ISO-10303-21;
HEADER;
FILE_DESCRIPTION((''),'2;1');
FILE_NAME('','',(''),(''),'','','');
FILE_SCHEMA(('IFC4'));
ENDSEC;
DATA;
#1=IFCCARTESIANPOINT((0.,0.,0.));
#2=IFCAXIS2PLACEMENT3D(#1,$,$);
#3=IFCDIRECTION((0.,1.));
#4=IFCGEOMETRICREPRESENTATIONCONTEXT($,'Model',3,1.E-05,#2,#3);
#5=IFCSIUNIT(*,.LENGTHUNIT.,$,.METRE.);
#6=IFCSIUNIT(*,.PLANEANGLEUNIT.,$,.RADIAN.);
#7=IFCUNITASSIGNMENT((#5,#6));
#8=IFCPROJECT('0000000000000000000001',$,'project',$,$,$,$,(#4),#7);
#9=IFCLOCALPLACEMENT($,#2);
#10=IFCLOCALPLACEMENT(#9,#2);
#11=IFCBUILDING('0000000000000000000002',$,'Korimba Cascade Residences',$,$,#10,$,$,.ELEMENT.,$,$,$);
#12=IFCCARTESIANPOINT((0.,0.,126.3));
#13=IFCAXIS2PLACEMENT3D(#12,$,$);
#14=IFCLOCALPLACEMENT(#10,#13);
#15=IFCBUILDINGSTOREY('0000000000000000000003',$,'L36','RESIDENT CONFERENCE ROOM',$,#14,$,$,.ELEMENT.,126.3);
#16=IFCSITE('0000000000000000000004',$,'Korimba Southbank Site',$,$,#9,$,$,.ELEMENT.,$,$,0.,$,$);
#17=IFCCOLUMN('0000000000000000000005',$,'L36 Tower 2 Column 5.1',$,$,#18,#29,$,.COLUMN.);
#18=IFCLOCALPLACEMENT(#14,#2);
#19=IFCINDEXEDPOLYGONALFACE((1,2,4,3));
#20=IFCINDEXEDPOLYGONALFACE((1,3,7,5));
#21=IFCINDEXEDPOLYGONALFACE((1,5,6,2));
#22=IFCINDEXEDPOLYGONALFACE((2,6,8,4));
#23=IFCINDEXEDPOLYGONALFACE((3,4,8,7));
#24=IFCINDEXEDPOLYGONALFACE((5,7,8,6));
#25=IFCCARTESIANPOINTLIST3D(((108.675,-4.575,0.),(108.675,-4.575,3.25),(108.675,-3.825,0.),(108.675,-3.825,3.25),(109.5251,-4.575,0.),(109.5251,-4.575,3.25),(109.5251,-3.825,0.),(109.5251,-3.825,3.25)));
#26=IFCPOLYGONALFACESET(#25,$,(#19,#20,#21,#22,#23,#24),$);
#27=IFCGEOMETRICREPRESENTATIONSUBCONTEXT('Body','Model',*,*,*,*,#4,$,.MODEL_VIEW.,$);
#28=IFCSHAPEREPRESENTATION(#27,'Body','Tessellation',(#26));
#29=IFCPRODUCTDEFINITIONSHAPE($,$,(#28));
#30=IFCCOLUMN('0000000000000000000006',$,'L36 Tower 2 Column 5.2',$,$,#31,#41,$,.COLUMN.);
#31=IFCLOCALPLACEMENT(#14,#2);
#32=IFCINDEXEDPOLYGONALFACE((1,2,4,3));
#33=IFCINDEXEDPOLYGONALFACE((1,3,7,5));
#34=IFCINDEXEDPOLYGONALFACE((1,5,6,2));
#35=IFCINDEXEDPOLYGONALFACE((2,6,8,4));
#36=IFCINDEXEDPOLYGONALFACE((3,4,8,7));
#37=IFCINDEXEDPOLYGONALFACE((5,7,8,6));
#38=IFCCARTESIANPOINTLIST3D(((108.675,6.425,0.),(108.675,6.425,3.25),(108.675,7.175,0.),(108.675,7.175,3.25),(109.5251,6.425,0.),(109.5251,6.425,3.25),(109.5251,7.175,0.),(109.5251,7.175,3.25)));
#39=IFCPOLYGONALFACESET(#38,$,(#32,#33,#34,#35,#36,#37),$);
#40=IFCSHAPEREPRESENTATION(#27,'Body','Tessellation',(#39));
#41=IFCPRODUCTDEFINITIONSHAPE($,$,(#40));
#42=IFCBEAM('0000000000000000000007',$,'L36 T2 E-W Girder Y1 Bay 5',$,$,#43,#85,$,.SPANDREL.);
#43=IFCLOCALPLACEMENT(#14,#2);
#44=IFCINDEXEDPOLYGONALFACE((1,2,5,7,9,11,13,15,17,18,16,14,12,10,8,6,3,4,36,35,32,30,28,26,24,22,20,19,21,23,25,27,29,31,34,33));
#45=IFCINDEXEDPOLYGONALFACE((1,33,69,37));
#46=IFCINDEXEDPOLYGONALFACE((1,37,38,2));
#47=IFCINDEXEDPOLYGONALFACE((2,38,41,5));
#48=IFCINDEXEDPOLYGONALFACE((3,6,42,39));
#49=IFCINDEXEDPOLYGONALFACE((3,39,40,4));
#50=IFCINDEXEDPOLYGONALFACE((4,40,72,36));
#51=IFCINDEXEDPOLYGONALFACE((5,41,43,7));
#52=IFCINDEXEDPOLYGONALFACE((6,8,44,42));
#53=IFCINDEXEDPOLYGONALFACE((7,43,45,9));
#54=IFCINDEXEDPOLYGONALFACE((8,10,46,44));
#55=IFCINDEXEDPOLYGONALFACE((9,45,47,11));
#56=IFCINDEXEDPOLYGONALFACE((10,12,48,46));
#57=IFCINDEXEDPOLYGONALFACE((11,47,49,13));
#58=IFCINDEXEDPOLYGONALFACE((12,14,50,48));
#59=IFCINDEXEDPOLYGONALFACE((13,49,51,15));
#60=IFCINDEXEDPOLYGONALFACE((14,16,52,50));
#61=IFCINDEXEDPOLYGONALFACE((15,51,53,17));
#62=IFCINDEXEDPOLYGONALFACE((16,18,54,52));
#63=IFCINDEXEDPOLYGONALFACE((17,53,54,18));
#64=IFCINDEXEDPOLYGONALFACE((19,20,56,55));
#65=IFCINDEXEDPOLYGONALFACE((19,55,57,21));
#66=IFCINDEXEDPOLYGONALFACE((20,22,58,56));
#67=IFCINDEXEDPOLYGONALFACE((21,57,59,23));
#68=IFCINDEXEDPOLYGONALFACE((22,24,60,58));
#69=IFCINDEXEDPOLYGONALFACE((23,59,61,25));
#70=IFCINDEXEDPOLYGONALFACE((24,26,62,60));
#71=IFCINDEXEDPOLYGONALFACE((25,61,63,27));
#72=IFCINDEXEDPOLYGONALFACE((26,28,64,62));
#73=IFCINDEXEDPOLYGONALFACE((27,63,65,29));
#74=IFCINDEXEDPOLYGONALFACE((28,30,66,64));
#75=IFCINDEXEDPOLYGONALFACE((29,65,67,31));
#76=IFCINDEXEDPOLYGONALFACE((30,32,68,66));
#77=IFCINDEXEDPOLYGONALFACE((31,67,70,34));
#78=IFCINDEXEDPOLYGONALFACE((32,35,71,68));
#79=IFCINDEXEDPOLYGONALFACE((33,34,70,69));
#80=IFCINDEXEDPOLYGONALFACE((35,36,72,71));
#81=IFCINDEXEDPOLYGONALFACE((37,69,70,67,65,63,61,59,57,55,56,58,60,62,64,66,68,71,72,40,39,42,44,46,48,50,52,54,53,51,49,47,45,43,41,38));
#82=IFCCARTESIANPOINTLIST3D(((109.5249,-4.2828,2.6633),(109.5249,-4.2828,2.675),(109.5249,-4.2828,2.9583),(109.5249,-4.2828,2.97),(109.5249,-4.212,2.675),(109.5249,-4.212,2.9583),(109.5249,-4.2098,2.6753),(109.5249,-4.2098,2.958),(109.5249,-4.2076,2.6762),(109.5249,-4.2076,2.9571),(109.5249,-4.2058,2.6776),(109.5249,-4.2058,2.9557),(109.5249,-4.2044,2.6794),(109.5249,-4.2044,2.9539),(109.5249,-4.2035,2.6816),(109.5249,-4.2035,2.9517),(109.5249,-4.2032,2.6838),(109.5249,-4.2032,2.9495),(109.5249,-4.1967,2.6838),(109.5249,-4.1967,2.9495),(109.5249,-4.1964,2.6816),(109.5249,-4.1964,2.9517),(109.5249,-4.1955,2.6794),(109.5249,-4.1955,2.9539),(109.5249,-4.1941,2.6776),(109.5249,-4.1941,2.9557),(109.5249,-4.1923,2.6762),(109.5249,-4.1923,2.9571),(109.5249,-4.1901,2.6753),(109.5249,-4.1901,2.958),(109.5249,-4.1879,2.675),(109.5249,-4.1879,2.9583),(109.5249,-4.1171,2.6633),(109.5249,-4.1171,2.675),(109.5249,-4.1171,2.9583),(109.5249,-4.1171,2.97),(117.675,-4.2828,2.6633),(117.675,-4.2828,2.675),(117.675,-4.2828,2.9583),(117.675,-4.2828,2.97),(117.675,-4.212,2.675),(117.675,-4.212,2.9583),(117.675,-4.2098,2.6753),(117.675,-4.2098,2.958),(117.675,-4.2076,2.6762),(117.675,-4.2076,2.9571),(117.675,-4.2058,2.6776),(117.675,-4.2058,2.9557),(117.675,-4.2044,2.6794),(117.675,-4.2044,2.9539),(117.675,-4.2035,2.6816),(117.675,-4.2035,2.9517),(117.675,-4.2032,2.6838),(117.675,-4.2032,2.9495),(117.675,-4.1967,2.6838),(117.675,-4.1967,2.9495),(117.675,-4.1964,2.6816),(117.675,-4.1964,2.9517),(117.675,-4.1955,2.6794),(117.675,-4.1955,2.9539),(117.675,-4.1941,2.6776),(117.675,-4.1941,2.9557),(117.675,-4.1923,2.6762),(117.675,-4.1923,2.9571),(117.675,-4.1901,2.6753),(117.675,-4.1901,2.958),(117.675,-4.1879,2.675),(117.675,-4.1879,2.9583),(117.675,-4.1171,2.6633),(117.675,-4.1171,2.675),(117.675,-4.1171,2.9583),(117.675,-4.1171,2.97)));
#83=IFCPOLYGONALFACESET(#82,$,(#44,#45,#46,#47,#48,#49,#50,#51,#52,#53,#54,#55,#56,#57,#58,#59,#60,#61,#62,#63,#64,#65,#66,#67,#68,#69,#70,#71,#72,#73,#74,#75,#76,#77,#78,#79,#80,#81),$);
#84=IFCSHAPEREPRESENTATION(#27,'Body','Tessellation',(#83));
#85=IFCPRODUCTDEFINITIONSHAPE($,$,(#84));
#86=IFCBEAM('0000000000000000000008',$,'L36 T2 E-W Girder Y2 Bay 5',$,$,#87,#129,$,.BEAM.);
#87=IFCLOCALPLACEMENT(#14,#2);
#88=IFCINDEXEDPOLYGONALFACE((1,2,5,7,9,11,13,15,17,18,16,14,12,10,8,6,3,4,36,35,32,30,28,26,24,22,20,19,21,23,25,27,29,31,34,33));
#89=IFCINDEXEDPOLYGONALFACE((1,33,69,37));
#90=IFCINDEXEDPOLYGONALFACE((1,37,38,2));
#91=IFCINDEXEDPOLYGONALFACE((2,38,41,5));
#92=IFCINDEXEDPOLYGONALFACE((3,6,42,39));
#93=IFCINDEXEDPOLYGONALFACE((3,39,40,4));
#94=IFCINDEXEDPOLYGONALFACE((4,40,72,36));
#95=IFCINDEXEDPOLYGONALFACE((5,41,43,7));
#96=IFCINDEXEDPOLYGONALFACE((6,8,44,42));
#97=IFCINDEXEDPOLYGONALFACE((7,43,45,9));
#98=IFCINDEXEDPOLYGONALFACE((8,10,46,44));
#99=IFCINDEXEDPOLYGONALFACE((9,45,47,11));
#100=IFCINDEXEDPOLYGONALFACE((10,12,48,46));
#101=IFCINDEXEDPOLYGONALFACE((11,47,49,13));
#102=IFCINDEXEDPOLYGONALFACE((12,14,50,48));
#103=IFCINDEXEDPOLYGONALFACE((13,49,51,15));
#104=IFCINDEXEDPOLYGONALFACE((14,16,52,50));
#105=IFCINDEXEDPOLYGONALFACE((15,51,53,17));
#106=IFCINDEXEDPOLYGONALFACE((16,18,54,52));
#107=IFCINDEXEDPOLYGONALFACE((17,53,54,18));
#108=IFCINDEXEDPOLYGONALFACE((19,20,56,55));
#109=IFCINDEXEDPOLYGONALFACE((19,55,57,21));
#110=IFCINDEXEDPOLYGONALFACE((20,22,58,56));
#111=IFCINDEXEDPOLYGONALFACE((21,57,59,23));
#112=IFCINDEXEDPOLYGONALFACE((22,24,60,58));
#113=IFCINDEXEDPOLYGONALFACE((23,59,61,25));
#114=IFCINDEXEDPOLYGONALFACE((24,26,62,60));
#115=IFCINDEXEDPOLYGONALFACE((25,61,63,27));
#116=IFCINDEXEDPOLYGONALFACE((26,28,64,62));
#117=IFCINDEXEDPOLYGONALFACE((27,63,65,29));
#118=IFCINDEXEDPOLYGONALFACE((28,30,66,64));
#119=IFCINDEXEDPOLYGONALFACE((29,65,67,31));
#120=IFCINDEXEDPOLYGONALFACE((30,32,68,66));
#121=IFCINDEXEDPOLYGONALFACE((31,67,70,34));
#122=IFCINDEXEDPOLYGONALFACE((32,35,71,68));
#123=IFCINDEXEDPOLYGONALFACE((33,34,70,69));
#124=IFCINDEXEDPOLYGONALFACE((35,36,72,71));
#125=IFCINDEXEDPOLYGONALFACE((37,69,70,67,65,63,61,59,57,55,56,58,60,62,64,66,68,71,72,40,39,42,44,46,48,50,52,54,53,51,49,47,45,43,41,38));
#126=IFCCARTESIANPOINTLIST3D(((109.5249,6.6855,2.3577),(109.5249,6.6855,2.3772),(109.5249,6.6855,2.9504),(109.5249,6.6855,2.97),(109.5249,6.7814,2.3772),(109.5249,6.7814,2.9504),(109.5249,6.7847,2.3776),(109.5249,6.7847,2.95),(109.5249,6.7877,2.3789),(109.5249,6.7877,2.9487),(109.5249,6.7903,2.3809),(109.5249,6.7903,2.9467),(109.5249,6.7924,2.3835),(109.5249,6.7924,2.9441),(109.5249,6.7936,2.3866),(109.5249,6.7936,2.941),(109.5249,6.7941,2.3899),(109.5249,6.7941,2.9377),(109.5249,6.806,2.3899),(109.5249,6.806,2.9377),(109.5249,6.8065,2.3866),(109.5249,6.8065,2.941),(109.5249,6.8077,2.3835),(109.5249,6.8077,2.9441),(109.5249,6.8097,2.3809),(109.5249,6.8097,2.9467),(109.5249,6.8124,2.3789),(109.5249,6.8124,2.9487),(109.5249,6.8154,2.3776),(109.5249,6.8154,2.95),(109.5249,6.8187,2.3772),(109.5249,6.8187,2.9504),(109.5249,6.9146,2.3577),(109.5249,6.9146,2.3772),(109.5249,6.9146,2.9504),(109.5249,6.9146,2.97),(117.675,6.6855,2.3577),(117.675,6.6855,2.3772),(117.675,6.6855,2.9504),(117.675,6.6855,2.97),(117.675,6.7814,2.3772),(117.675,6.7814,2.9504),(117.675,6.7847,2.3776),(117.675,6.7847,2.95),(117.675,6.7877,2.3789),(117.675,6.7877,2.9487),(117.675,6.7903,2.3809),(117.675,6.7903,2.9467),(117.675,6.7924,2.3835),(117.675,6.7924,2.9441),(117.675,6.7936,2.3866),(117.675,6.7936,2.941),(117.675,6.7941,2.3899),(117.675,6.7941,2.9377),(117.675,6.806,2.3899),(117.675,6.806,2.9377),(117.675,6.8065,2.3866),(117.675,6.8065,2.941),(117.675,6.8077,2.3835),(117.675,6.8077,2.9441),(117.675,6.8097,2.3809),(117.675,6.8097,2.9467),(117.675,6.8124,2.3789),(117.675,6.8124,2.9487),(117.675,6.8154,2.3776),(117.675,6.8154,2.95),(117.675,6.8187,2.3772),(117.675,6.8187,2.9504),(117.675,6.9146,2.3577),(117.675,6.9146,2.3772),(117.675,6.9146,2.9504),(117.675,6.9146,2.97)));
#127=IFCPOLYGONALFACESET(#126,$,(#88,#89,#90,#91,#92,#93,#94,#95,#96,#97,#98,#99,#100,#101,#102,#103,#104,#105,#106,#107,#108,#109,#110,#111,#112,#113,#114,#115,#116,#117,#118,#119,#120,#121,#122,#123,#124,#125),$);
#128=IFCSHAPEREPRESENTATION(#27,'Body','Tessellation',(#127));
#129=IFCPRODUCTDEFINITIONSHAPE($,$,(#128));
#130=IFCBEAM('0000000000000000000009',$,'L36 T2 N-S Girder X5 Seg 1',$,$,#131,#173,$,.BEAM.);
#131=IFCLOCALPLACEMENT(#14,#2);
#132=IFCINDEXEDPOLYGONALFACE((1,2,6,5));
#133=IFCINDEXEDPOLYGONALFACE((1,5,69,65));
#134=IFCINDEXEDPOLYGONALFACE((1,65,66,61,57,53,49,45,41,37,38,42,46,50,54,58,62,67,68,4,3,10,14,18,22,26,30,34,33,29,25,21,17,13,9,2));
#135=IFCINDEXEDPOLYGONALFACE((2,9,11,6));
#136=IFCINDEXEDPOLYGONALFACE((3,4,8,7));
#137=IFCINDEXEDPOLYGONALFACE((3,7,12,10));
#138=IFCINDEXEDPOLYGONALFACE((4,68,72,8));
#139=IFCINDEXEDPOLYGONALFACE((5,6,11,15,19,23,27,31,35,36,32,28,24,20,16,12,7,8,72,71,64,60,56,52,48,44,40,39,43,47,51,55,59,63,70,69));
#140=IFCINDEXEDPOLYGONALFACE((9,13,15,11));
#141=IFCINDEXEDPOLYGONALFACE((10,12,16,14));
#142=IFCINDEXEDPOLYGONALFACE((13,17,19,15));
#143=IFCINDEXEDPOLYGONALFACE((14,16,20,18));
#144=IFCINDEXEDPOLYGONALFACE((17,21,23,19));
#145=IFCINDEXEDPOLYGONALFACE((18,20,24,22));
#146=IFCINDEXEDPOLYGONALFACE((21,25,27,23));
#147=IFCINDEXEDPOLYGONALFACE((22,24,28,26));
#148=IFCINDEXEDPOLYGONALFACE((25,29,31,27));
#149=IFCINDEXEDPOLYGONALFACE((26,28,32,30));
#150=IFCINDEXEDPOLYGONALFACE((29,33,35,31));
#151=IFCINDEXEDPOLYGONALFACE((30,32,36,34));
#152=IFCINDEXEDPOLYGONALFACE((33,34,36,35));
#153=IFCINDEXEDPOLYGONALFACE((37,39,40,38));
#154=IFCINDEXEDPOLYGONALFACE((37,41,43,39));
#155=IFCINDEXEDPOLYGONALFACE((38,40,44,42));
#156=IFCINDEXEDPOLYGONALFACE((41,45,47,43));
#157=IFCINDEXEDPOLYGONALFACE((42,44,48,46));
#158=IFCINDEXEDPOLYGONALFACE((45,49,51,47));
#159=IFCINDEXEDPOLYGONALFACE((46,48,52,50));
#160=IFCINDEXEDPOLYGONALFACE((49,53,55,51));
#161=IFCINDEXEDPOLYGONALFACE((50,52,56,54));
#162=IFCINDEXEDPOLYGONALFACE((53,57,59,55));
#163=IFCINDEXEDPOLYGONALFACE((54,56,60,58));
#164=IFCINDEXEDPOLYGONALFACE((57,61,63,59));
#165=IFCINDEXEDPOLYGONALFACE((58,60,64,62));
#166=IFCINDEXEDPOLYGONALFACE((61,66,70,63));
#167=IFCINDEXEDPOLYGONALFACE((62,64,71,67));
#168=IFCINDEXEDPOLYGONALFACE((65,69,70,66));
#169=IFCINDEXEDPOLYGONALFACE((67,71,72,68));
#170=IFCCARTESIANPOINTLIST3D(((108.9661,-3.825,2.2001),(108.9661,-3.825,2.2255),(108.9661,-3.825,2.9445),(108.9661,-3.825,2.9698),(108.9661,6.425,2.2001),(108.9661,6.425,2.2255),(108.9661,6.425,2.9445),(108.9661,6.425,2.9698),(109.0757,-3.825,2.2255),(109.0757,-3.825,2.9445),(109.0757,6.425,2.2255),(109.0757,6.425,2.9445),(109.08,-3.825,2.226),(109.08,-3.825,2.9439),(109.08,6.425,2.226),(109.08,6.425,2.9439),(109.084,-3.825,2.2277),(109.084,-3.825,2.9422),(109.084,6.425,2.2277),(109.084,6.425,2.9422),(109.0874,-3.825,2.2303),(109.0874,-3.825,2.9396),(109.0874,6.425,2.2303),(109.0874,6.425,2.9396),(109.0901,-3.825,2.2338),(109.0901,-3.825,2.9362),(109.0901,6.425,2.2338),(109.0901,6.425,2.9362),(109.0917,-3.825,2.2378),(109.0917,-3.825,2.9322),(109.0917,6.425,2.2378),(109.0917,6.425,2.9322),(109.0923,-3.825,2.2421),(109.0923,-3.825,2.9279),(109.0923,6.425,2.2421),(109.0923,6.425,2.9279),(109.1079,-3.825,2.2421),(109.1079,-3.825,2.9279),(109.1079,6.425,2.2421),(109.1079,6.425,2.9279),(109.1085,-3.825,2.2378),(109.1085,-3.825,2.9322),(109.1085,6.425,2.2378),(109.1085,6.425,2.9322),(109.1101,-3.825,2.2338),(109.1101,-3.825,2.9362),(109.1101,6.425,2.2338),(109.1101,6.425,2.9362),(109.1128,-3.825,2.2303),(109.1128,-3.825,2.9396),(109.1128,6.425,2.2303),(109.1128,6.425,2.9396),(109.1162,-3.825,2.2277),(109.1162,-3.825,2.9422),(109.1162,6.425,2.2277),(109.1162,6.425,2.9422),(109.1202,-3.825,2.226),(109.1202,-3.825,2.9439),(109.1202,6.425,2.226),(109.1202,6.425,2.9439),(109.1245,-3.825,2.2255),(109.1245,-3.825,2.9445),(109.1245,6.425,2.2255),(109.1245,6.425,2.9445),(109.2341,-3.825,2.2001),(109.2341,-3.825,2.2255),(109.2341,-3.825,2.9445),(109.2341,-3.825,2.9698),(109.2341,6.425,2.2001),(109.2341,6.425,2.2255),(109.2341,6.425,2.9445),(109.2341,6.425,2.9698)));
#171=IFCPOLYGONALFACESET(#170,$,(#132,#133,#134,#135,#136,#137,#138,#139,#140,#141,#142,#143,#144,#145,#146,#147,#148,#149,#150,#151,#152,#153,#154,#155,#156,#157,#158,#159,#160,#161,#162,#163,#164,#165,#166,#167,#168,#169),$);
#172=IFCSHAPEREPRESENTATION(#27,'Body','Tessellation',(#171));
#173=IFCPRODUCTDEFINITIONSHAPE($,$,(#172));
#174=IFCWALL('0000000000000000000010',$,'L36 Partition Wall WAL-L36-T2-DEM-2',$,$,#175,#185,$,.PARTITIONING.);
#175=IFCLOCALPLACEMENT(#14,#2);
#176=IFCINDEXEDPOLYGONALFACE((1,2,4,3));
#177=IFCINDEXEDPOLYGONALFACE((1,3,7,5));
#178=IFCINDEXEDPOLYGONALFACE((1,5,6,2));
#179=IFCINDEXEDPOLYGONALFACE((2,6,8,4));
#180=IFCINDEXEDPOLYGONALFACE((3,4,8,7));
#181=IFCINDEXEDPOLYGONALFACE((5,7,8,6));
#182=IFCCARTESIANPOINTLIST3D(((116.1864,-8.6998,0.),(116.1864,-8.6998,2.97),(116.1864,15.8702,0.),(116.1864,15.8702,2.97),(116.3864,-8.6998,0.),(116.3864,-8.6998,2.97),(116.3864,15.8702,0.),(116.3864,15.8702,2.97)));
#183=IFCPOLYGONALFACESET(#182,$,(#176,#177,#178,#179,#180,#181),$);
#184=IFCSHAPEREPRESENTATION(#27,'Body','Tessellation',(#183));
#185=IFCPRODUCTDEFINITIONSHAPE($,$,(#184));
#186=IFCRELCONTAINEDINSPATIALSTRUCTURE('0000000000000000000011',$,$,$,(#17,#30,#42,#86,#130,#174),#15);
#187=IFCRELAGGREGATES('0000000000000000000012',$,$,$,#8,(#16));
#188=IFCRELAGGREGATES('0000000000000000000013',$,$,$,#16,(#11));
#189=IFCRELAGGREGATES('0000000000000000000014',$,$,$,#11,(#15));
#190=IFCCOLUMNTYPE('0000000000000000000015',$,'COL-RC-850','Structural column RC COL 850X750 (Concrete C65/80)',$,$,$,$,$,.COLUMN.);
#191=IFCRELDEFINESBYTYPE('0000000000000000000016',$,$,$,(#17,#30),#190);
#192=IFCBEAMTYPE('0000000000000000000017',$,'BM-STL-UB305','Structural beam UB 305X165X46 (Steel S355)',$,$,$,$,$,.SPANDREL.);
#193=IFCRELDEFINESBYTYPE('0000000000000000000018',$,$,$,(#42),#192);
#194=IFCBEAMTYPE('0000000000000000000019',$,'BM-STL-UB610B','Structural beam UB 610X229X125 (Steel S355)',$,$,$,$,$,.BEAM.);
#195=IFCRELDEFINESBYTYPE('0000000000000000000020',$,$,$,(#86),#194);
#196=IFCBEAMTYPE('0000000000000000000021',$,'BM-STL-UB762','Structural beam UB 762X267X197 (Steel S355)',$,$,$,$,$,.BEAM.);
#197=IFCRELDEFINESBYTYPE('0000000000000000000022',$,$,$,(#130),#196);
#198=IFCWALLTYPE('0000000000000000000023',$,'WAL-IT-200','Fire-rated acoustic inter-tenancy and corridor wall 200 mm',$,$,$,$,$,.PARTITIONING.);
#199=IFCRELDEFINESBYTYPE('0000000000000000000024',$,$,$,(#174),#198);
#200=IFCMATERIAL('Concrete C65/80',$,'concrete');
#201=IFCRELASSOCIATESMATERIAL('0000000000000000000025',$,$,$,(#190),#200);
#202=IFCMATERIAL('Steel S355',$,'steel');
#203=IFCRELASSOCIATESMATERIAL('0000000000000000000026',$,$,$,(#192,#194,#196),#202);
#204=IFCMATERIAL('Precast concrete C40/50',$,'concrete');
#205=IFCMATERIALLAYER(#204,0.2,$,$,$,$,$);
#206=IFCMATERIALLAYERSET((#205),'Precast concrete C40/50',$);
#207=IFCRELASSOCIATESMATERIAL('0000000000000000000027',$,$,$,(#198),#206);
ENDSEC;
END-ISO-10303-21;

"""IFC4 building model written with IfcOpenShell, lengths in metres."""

from ifc_helpers import new_model, si_unit, direction, frame, frame_2d, origin, origin_2d, place, context, subcontext, project, spatial, rectangle, i_section, extrude, material, layer, layer_set, material_profile, profile_set, type_object, element, save


model = new_model("IFC4")

# Units and contexts
model_context = context("Model", 3, precision=1e-05, world=origin(), true_north=direction((0.0, 1.0)))
body_context = subcontext(model_context, "Body", "Model", "MODEL_VIEW")
ifc_project = project(units=[si_unit("LENGTHUNIT", "METRE"), si_unit("PLANEANGLEUNIT", "RADIAN")], contexts=[model_context])

# Site, building, storey
site_placement = place(None, origin())
site = spatial("IfcSite", under=ifc_project, at=site_placement, Name="Korimba Southbank Site", CompositionType="ELEMENT", RefElevation=0.0)
building_placement = place(site_placement, origin())
building = spatial("IfcBuilding", under=site, at=building_placement, Name="Korimba Cascade Residences", CompositionType="ELEMENT")
storey_placement = place(building_placement, frame((0.0, 0.0, 126.3)))
storey = spatial("IfcBuildingStorey", under=building, at=storey_placement, Name="L36", Description="RESIDENT CONFERENCE ROOM", CompositionType="ELEMENT", Elevation=126.3)

# Columns
ifc_material_1 = material(Name="Concrete C65/80", Category="concrete")
ifc_material_profile_1 = material_profile(ifc_material_1, rectangle(XDim=0.8501, YDim=0.75, at=origin_2d()), Name="Concrete C65/80")
ifc_profile_set_1 = profile_set([ifc_material_profile_1], Name="Concrete C65/80")
column_type = type_object("IfcColumnType", Name="COL-RC-850", Description="Structural column RC COL 850X750 (Concrete C65/80)", PredefinedType="COLUMN", material=ifc_profile_set_1)
for number, where, z_axis, x_axis, name in (
    (1, (109.1001, -4.2, 0.0), (0.0, 0.0, 1.0), (1.0, 0.0, 0.0), "L36 Tower 2 Column 5.1"),
    (2, (109.1001, 6.8, 0.0), (0.0, 0.0, 1.0), (1.0, 0.0, 0.0), "L36 Tower 2 Column 5.2"),
):
    element("IfcColumn", number, at=place(storey_placement, frame(where, z_axis=z_axis, x_axis=x_axis)), inside=storey, type_object=column_type, Name=name, PredefinedType="COLUMN", context=body_context, shape_type="SweptSolid", body=[
        extrude(rectangle(XDim=0.8501, YDim=0.75, at=origin_2d()), origin(), (0.0, 0.0, 1.0), 3.25),
    ])

# Beams
ifc_material_2 = material(Name="Steel S355", Category="steel")
ifc_material_profile_2 = material_profile(ifc_material_2, i_section(OverallWidth=0.1658, OverallDepth=0.3066, WebThickness=0.0066, FlangeThickness=0.0117, FilletRadius=0.0088, at=origin_2d()), Name="Steel S355")
ifc_profile_set_2 = profile_set([ifc_material_profile_2], Name="Steel S355")
beam_type_1 = type_object("IfcBeamType", Name="BM-STL-UB305", Description="Structural beam UB 305X165X46 (Steel S355)", PredefinedType="SPANDREL", material=ifc_profile_set_2)
beam_1_placement = place(storey_placement, frame((109.5249, -4.2, 2.8167), z_axis=(1.0, 0.0, 0.0), x_axis=(0.0, 1.0, 0.0)))
element("IfcBeam", 3, at=beam_1_placement, inside=storey, type_object=beam_type_1, Name="L36 T2 E-W Girder Y1 Bay 5", PredefinedType="SPANDREL", context=body_context, shape_type="SweptSolid", body=[
    extrude(i_section(OverallWidth=0.1658, OverallDepth=0.3066, WebThickness=0.0066, FlangeThickness=0.0117, FilletRadius=0.0088, at=origin_2d()), origin(), (0.0, 0.0, 1.0), 8.1501),
])
ifc_material_profile_3 = material_profile(ifc_material_2, i_section(OverallWidth=0.229, OverallDepth=0.6123, WebThickness=0.012, FlangeThickness=0.0195, FilletRadius=0.0127, at=origin_2d()), Name="Steel S355")
ifc_profile_set_3 = profile_set([ifc_material_profile_3], Name="Steel S355")
beam_type_2 = type_object("IfcBeamType", Name="BM-STL-UB610B", Description="Structural beam UB 610X229X125 (Steel S355)", PredefinedType="BEAM", material=ifc_profile_set_3)
beam_2_placement = place(storey_placement, frame((109.5249, 6.8, 2.6638), z_axis=(1.0, 0.0, 0.0), x_axis=(0.0, 1.0, 0.0)))
element("IfcBeam", 4, at=beam_2_placement, inside=storey, type_object=beam_type_2, Name="L36 T2 E-W Girder Y2 Bay 5", PredefinedType="BEAM", context=body_context, shape_type="SweptSolid", body=[
    extrude(i_section(OverallWidth=0.229, OverallDepth=0.6123, WebThickness=0.012, FlangeThickness=0.0195, FilletRadius=0.0127, at=origin_2d()), origin(), (0.0, 0.0, 1.0), 8.1501),
])
ifc_material_profile_4 = material_profile(ifc_material_2, i_section(OverallWidth=0.2681, OverallDepth=0.7698, WebThickness=0.0156, FlangeThickness=0.0254, FilletRadius=0.0166, at=origin_2d()), Name="Steel S355")
ifc_profile_set_4 = profile_set([ifc_material_profile_4], Name="Steel S355")
beam_type_3 = type_object("IfcBeamType", Name="BM-STL-UB762", Description="Structural beam UB 762X267X197 (Steel S355)", PredefinedType="BEAM", material=ifc_profile_set_4)
beam_3_placement = place(storey_placement, frame((109.1001, -3.825, 2.585), z_axis=(0.0, 1.0, 0.0), x_axis=(-1.0, 0.0, 0.0)))
element("IfcBeam", 5, at=beam_3_placement, inside=storey, type_object=beam_type_3, Name="L36 T2 N-S Girder X5 Seg 1", PredefinedType="BEAM", context=body_context, shape_type="SweptSolid", body=[
    extrude(i_section(OverallWidth=0.2681, OverallDepth=0.7698, WebThickness=0.0156, FlangeThickness=0.0254, FilletRadius=0.0166, at=origin_2d()), origin(), (0.0, 0.0, 1.0), 10.25),
])

# Wall
ifc_material_3 = material(Name="Precast concrete C40/50", Category="concrete")
ifc_layer_1 = layer(ifc_material_3, 0.2)
ifc_layer_set_1 = layer_set([ifc_layer_1], Name="Precast concrete C40/50")
wall_type_1 = type_object("IfcWallType", Name="WAL-IT-200", Description="Fire-rated acoustic inter-tenancy and corridor wall 200 mm", PredefinedType="PARTITIONING", material=ifc_layer_set_1)
wall_1_placement = place(storey_placement, frame((116.2864, -8.7, 0.0), z_axis=(0.0, 0.0, 1.0), x_axis=(0.0, 1.0, 0.0)))
element("IfcWall", 6, at=wall_1_placement, inside=storey, type_object=wall_type_1, Name="L36 Partition Wall WAL-L36-T2-DEM-2", PredefinedType="PARTITIONING", context=body_context, shape_type="SweptSolid", body=[
    extrude(rectangle(XDim=24.5701, YDim=0.2, at=frame_2d((12.2852, 0.0))), origin(), (0.0, 0.0, 1.0), 2.97),
])

save(model, "model.ifc")
